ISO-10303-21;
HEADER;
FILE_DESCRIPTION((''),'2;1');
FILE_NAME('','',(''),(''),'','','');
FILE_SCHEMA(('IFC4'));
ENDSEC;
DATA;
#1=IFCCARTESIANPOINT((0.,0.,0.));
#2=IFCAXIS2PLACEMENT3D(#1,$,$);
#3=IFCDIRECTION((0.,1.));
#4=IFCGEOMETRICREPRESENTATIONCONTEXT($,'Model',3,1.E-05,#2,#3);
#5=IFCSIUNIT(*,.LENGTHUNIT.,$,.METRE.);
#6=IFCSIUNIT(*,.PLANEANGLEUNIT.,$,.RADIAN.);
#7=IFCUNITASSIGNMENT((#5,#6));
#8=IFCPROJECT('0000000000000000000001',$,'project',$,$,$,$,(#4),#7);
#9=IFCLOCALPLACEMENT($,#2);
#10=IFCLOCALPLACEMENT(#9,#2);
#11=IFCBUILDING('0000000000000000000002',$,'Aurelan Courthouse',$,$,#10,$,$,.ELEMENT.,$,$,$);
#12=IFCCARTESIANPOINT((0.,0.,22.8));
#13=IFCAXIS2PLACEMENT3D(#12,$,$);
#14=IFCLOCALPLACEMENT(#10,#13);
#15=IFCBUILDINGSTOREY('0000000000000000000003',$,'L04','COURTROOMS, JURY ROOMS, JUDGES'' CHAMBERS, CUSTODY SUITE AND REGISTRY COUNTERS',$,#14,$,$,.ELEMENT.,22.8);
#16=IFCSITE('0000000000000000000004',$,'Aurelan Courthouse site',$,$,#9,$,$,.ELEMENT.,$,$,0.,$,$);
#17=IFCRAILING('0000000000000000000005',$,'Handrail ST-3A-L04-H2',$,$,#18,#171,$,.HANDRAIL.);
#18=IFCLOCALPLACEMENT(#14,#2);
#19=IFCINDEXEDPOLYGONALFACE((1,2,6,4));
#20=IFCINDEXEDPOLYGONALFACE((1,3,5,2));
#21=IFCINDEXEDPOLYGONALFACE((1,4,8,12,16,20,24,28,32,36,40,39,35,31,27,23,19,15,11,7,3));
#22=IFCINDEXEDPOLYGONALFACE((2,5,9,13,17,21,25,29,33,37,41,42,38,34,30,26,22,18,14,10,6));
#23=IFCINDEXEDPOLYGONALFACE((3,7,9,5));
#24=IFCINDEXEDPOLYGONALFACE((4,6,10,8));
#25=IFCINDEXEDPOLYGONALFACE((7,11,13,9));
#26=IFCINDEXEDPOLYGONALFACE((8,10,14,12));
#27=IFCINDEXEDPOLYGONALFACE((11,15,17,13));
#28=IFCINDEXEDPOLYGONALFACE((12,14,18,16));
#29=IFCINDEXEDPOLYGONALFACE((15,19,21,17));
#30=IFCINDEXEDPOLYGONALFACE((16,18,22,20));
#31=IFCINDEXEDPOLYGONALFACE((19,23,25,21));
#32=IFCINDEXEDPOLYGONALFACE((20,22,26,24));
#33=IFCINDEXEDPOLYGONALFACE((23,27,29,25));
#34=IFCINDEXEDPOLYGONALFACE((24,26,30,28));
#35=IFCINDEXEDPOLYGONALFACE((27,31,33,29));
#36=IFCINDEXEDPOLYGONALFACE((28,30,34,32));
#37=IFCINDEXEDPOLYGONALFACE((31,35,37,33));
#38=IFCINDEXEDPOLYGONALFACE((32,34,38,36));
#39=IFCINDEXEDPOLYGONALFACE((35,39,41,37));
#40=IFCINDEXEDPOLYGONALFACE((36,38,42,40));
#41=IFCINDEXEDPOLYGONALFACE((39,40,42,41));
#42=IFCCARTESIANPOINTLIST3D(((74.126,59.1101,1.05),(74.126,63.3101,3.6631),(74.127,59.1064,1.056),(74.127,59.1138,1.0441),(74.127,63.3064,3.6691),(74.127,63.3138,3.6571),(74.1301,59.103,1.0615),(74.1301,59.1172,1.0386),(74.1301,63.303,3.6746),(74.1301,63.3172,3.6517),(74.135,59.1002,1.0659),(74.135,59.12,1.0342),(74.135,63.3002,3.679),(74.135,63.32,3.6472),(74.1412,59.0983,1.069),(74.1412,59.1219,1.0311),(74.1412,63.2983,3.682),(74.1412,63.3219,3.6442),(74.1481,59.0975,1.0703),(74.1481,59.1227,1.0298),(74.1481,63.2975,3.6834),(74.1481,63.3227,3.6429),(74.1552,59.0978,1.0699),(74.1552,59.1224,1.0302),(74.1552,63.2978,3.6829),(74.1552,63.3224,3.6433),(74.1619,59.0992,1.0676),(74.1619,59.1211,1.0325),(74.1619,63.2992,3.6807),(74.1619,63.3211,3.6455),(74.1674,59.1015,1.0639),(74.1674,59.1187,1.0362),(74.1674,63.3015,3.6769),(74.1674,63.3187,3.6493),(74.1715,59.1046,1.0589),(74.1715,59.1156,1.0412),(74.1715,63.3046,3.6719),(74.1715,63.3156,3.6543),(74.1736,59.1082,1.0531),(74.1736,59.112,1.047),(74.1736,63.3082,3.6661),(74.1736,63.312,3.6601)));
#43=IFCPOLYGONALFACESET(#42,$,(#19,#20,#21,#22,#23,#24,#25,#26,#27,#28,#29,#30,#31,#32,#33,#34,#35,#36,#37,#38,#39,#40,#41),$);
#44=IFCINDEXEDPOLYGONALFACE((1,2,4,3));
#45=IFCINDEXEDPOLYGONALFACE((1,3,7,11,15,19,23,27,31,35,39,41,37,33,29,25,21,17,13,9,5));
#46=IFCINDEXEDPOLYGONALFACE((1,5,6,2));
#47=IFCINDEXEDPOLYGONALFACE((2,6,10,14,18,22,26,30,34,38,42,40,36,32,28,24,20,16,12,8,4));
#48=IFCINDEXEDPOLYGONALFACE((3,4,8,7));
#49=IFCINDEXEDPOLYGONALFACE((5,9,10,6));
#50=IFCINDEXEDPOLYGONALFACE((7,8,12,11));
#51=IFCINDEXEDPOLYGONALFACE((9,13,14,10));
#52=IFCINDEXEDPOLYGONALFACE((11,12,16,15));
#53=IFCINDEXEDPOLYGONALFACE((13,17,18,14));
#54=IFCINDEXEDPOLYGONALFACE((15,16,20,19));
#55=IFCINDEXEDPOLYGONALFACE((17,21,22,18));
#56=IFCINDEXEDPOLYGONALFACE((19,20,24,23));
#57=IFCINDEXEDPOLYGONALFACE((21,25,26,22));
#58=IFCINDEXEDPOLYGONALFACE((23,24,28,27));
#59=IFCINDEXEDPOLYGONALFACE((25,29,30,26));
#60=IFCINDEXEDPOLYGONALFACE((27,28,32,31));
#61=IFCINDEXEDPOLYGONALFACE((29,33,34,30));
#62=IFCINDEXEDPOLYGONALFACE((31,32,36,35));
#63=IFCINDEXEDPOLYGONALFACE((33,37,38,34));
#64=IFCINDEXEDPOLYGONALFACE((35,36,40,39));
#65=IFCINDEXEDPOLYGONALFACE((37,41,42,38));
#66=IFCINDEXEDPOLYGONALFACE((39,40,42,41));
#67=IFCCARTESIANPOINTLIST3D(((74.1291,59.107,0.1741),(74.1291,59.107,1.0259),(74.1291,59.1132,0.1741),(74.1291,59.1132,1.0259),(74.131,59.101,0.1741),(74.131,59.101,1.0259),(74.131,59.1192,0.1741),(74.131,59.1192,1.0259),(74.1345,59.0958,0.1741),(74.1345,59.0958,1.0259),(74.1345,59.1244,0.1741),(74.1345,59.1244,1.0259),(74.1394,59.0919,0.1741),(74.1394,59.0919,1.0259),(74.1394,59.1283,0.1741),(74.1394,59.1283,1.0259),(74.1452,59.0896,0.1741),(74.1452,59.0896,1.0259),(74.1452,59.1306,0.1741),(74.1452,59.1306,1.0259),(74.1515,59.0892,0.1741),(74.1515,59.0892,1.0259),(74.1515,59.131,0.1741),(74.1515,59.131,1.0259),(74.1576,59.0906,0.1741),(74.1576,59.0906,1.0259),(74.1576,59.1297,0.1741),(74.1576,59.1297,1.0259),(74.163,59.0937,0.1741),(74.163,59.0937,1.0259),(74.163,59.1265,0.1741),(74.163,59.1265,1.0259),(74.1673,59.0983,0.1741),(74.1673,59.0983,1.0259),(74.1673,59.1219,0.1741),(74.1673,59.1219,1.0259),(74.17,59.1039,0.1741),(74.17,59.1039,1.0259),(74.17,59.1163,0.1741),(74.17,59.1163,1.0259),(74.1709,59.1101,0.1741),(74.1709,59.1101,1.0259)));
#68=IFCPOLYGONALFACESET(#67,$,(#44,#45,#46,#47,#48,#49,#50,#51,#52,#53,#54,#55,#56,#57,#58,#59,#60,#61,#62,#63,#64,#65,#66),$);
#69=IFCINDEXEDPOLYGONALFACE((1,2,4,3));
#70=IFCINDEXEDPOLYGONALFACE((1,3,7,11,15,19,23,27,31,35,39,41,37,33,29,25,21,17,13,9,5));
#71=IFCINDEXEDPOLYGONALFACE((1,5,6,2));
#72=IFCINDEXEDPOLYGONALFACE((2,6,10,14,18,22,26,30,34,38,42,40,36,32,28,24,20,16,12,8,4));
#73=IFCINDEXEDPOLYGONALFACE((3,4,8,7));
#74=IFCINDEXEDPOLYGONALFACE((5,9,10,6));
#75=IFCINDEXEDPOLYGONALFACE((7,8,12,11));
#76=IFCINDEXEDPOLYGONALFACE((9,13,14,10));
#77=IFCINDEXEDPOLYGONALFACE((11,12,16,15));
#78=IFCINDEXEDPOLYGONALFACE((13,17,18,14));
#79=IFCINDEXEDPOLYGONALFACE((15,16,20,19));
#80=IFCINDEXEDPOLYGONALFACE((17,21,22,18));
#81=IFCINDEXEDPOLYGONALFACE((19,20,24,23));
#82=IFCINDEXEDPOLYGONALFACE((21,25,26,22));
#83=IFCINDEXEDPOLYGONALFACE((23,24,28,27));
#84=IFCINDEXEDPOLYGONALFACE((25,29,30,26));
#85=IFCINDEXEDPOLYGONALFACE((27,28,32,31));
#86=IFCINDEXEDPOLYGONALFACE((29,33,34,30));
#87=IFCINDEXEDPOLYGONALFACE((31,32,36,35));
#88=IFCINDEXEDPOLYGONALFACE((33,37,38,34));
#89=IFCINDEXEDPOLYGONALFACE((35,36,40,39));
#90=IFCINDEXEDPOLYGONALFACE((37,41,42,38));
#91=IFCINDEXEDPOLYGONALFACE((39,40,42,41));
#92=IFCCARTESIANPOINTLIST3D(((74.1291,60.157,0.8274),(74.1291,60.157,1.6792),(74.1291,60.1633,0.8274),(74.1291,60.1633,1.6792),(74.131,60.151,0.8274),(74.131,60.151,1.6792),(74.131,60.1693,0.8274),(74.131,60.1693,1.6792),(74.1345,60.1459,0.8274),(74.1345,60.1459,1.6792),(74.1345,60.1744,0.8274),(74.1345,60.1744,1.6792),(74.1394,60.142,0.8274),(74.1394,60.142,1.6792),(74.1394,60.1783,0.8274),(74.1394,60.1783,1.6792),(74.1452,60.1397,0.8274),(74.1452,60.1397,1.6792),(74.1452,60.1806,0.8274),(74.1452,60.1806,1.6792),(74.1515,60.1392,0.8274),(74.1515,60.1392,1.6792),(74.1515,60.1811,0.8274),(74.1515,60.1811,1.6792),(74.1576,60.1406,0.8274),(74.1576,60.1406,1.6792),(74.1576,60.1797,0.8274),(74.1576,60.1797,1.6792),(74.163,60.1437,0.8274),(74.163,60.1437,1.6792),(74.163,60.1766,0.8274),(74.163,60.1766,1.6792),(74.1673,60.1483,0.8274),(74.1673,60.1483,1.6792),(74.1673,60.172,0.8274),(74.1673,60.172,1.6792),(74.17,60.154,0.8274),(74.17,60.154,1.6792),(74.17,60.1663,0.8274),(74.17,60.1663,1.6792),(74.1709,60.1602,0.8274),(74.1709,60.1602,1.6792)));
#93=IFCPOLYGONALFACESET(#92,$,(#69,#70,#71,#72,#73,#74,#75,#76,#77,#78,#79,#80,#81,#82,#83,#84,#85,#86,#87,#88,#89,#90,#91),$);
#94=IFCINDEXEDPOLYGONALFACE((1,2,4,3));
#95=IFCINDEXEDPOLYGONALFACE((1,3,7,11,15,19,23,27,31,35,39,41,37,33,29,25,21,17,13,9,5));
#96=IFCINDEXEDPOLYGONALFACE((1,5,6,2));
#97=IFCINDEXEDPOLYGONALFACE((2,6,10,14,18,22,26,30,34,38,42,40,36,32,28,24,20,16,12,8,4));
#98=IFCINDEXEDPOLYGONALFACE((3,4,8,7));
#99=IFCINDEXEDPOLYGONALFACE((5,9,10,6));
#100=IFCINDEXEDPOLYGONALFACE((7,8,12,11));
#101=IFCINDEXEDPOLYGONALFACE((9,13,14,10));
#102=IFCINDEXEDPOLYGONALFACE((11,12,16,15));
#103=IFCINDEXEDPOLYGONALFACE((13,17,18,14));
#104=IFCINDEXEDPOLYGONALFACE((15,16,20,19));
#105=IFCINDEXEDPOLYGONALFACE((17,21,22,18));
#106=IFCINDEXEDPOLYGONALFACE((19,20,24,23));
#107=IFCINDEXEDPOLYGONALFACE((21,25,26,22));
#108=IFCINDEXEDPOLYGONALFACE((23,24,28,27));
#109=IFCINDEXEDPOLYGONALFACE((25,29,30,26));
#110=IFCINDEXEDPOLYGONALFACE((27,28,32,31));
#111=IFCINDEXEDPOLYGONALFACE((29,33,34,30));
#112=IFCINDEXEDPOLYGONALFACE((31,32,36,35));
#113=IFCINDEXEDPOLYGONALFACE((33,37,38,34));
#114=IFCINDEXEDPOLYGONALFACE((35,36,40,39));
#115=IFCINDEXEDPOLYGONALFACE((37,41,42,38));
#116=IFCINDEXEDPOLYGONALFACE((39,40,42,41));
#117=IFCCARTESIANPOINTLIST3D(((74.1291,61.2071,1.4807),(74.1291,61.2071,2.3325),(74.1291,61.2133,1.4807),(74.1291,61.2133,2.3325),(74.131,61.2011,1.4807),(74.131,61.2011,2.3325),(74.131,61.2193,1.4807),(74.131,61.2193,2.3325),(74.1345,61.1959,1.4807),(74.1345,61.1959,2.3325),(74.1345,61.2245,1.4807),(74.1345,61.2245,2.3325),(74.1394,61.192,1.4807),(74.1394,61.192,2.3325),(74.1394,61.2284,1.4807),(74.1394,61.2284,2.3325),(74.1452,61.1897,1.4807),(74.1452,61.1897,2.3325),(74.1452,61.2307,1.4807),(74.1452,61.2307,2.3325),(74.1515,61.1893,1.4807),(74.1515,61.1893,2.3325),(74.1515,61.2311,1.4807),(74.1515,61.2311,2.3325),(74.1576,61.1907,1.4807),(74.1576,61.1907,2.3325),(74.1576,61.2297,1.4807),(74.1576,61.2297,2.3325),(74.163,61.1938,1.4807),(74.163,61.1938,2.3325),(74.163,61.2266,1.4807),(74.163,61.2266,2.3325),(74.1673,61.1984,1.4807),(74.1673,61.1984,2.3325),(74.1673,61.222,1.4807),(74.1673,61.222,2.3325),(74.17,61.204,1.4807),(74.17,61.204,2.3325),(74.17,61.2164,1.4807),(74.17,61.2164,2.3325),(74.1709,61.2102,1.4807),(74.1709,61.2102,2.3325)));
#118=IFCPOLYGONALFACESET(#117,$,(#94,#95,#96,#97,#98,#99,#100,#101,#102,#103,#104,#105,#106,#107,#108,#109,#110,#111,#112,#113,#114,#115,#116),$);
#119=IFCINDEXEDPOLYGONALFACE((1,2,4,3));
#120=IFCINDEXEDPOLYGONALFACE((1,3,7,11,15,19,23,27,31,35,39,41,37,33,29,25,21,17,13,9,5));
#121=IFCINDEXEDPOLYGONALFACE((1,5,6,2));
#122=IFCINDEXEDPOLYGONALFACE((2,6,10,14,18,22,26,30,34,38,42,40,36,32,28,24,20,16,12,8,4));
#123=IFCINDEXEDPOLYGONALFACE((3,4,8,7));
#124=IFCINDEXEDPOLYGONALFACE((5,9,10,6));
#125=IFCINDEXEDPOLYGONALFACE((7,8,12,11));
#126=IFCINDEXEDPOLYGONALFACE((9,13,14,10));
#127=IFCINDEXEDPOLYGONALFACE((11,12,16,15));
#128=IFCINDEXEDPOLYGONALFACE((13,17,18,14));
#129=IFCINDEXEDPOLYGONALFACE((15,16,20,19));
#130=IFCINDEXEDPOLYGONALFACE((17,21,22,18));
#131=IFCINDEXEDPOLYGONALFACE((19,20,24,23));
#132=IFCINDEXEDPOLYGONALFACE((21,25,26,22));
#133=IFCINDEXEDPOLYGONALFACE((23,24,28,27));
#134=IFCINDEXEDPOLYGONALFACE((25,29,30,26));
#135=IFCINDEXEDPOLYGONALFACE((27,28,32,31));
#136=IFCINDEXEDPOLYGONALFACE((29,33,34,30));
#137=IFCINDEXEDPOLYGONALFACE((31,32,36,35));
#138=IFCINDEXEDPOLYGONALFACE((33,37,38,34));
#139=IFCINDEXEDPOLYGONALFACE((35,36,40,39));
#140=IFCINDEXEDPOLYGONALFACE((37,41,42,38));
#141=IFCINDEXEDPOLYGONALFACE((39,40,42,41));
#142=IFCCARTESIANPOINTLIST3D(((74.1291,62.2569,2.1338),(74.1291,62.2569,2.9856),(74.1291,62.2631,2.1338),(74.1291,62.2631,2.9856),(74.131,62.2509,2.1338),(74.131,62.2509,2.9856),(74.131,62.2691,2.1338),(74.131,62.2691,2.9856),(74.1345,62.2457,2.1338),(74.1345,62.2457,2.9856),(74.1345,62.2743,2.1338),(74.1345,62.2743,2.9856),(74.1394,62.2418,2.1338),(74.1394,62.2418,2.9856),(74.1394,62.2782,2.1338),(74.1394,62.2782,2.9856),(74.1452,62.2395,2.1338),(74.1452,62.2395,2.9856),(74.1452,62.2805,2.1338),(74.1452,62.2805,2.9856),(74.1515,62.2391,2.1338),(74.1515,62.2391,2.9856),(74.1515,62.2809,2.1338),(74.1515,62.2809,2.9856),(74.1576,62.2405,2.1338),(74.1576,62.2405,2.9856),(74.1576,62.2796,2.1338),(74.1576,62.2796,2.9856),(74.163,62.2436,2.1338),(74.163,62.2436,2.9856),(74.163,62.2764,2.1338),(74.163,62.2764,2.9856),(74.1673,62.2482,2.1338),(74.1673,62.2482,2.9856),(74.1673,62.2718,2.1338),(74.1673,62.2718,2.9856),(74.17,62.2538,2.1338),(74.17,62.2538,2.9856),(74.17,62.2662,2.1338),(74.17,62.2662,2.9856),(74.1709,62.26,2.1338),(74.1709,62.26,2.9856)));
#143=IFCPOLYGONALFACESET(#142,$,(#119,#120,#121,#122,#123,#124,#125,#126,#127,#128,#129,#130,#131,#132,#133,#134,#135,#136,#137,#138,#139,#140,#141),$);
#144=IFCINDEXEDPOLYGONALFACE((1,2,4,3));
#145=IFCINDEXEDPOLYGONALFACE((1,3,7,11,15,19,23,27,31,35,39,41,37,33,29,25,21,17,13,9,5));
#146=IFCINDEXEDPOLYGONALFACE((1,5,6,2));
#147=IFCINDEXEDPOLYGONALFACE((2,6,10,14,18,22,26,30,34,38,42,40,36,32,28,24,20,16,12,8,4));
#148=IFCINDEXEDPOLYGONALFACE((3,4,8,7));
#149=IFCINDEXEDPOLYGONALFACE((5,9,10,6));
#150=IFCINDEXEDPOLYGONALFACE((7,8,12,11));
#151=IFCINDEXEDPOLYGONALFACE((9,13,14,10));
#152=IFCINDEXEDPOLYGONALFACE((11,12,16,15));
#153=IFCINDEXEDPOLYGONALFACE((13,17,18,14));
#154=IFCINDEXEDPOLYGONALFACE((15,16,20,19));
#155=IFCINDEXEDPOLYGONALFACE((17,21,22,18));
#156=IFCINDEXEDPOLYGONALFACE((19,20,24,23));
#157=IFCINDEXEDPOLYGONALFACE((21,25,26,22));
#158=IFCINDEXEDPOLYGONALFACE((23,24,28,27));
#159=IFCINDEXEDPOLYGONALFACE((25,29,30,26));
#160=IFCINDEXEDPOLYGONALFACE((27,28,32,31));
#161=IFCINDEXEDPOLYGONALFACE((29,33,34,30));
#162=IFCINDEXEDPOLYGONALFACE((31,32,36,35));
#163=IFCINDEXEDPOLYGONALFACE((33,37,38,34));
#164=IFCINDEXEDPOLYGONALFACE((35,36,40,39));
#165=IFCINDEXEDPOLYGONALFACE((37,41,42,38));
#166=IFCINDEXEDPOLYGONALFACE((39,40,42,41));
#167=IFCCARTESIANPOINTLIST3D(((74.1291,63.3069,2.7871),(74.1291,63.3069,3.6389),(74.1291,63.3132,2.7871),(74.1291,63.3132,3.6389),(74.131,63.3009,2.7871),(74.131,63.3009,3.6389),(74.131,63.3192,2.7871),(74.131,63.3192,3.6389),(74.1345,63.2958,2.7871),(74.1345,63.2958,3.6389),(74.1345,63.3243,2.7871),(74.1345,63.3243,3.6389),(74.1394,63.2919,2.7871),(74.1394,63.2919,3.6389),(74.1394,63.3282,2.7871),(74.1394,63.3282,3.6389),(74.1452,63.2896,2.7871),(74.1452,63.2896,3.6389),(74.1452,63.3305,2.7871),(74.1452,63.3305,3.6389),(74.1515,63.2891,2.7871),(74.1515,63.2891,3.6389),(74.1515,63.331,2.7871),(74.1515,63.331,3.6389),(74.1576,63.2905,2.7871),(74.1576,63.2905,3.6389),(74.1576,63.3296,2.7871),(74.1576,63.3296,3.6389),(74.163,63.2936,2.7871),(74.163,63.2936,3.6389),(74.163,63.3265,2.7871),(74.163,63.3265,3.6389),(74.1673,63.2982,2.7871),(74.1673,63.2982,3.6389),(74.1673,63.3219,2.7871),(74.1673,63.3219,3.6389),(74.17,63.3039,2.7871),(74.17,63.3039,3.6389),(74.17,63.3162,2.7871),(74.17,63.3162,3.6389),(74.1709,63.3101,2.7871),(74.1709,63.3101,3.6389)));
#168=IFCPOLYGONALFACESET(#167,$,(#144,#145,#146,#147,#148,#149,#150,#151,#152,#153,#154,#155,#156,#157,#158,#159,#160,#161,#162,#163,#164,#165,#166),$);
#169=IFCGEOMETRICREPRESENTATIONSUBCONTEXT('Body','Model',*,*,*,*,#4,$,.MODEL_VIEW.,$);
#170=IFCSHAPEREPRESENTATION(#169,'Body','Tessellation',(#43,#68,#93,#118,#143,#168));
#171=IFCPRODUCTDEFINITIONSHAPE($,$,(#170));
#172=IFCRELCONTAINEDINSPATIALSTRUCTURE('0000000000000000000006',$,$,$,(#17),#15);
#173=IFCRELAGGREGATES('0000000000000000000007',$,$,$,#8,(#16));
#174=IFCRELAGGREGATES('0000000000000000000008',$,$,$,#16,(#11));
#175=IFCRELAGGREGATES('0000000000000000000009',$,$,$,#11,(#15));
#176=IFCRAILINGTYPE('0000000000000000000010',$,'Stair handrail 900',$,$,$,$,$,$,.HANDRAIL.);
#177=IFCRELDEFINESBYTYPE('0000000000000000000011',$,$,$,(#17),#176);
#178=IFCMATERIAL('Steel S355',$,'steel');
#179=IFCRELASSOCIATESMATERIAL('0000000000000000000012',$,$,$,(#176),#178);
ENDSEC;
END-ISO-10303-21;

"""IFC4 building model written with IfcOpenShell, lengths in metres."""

from ifc_helpers import new_model, si_unit, direction, frame, origin, origin_2d, place, context, subcontext, project, spatial, circle, extrude, material, type_object, element, save


model = new_model("IFC4")

# Units and contexts
model_context = context("Model", 3, precision=1e-05, world=origin(), true_north=direction((0.0, 1.0)))
body_context = subcontext(model_context, "Body", "Model", "MODEL_VIEW")
ifc_project = project(units=[si_unit("LENGTHUNIT", "METRE"), si_unit("PLANEANGLEUNIT", "RADIAN")], contexts=[model_context])

# Site, building, storey
site_placement = place(None, origin())
site = spatial("IfcSite", under=ifc_project, at=site_placement, Name="Aurelan Courthouse site", CompositionType="ELEMENT", RefElevation=0.0)
building_placement = place(site_placement, origin())
building = spatial("IfcBuilding", under=site, at=building_placement, Name="Aurelan Courthouse", CompositionType="ELEMENT")
storey_placement = place(building_placement, frame((0.0, 0.0, 22.8)))
storey = spatial("IfcBuildingStorey", under=building, at=storey_placement, Name="L04", Description="COURTROOMS, JURY ROOMS, JUDGES' CHAMBERS, CUSTODY SUITE AND REGISTRY COUNTERS", CompositionType="ELEMENT", Elevation=22.8)

# Railing
ifc_material_1 = material(Name="Steel S355", Category="steel")
railing_type = type_object("IfcRailingType", Name="Stair handrail 900", PredefinedType="HANDRAIL", material=ifc_material_1)
for number, where, name in (
    (1, (74.1499, 59.1101, 0.1741), "Handrail ST-3A-L04-H2"),
):
    element("IfcRailing", number, at=place(storey_placement, frame(where)), inside=storey, type_object=railing_type, Name=name, PredefinedType="HANDRAIL", context=body_context, shape_type="SweptSolid", body=[
        extrude(circle(Radius=0.0239, at=origin_2d()), frame((0.0, 0.0, 0.876), z_axis=(0.0, 0.849081, 0.528263), x_axis=(-1.0, 0.0, 0.0)), (0.0, 0.0, 1.0), 4.9465),
        extrude(circle(Radius=0.021, at=origin_2d()), origin(), (0.0, 0.0, 1.0), 0.8518),
        extrude(circle(Radius=0.021, at=origin_2d()), frame((0.0, 1.05, 0.6533)), (0.0, 0.0, 1.0), 0.8518),
        extrude(circle(Radius=0.021, at=origin_2d()), frame((0.0, 2.1001, 1.3066)), (0.0, 0.0, 1.0), 0.8518),
        extrude(circle(Radius=0.021, at=origin_2d()), frame((0.0, 3.1499, 1.9597)), (0.0, 0.0, 1.0), 0.8518),
        extrude(circle(Radius=0.021, at=origin_2d()), frame((0.0, 4.2, 2.613)), (0.0, 0.0, 1.0), 0.8518),
    ])

save(model, "model.ifc")
